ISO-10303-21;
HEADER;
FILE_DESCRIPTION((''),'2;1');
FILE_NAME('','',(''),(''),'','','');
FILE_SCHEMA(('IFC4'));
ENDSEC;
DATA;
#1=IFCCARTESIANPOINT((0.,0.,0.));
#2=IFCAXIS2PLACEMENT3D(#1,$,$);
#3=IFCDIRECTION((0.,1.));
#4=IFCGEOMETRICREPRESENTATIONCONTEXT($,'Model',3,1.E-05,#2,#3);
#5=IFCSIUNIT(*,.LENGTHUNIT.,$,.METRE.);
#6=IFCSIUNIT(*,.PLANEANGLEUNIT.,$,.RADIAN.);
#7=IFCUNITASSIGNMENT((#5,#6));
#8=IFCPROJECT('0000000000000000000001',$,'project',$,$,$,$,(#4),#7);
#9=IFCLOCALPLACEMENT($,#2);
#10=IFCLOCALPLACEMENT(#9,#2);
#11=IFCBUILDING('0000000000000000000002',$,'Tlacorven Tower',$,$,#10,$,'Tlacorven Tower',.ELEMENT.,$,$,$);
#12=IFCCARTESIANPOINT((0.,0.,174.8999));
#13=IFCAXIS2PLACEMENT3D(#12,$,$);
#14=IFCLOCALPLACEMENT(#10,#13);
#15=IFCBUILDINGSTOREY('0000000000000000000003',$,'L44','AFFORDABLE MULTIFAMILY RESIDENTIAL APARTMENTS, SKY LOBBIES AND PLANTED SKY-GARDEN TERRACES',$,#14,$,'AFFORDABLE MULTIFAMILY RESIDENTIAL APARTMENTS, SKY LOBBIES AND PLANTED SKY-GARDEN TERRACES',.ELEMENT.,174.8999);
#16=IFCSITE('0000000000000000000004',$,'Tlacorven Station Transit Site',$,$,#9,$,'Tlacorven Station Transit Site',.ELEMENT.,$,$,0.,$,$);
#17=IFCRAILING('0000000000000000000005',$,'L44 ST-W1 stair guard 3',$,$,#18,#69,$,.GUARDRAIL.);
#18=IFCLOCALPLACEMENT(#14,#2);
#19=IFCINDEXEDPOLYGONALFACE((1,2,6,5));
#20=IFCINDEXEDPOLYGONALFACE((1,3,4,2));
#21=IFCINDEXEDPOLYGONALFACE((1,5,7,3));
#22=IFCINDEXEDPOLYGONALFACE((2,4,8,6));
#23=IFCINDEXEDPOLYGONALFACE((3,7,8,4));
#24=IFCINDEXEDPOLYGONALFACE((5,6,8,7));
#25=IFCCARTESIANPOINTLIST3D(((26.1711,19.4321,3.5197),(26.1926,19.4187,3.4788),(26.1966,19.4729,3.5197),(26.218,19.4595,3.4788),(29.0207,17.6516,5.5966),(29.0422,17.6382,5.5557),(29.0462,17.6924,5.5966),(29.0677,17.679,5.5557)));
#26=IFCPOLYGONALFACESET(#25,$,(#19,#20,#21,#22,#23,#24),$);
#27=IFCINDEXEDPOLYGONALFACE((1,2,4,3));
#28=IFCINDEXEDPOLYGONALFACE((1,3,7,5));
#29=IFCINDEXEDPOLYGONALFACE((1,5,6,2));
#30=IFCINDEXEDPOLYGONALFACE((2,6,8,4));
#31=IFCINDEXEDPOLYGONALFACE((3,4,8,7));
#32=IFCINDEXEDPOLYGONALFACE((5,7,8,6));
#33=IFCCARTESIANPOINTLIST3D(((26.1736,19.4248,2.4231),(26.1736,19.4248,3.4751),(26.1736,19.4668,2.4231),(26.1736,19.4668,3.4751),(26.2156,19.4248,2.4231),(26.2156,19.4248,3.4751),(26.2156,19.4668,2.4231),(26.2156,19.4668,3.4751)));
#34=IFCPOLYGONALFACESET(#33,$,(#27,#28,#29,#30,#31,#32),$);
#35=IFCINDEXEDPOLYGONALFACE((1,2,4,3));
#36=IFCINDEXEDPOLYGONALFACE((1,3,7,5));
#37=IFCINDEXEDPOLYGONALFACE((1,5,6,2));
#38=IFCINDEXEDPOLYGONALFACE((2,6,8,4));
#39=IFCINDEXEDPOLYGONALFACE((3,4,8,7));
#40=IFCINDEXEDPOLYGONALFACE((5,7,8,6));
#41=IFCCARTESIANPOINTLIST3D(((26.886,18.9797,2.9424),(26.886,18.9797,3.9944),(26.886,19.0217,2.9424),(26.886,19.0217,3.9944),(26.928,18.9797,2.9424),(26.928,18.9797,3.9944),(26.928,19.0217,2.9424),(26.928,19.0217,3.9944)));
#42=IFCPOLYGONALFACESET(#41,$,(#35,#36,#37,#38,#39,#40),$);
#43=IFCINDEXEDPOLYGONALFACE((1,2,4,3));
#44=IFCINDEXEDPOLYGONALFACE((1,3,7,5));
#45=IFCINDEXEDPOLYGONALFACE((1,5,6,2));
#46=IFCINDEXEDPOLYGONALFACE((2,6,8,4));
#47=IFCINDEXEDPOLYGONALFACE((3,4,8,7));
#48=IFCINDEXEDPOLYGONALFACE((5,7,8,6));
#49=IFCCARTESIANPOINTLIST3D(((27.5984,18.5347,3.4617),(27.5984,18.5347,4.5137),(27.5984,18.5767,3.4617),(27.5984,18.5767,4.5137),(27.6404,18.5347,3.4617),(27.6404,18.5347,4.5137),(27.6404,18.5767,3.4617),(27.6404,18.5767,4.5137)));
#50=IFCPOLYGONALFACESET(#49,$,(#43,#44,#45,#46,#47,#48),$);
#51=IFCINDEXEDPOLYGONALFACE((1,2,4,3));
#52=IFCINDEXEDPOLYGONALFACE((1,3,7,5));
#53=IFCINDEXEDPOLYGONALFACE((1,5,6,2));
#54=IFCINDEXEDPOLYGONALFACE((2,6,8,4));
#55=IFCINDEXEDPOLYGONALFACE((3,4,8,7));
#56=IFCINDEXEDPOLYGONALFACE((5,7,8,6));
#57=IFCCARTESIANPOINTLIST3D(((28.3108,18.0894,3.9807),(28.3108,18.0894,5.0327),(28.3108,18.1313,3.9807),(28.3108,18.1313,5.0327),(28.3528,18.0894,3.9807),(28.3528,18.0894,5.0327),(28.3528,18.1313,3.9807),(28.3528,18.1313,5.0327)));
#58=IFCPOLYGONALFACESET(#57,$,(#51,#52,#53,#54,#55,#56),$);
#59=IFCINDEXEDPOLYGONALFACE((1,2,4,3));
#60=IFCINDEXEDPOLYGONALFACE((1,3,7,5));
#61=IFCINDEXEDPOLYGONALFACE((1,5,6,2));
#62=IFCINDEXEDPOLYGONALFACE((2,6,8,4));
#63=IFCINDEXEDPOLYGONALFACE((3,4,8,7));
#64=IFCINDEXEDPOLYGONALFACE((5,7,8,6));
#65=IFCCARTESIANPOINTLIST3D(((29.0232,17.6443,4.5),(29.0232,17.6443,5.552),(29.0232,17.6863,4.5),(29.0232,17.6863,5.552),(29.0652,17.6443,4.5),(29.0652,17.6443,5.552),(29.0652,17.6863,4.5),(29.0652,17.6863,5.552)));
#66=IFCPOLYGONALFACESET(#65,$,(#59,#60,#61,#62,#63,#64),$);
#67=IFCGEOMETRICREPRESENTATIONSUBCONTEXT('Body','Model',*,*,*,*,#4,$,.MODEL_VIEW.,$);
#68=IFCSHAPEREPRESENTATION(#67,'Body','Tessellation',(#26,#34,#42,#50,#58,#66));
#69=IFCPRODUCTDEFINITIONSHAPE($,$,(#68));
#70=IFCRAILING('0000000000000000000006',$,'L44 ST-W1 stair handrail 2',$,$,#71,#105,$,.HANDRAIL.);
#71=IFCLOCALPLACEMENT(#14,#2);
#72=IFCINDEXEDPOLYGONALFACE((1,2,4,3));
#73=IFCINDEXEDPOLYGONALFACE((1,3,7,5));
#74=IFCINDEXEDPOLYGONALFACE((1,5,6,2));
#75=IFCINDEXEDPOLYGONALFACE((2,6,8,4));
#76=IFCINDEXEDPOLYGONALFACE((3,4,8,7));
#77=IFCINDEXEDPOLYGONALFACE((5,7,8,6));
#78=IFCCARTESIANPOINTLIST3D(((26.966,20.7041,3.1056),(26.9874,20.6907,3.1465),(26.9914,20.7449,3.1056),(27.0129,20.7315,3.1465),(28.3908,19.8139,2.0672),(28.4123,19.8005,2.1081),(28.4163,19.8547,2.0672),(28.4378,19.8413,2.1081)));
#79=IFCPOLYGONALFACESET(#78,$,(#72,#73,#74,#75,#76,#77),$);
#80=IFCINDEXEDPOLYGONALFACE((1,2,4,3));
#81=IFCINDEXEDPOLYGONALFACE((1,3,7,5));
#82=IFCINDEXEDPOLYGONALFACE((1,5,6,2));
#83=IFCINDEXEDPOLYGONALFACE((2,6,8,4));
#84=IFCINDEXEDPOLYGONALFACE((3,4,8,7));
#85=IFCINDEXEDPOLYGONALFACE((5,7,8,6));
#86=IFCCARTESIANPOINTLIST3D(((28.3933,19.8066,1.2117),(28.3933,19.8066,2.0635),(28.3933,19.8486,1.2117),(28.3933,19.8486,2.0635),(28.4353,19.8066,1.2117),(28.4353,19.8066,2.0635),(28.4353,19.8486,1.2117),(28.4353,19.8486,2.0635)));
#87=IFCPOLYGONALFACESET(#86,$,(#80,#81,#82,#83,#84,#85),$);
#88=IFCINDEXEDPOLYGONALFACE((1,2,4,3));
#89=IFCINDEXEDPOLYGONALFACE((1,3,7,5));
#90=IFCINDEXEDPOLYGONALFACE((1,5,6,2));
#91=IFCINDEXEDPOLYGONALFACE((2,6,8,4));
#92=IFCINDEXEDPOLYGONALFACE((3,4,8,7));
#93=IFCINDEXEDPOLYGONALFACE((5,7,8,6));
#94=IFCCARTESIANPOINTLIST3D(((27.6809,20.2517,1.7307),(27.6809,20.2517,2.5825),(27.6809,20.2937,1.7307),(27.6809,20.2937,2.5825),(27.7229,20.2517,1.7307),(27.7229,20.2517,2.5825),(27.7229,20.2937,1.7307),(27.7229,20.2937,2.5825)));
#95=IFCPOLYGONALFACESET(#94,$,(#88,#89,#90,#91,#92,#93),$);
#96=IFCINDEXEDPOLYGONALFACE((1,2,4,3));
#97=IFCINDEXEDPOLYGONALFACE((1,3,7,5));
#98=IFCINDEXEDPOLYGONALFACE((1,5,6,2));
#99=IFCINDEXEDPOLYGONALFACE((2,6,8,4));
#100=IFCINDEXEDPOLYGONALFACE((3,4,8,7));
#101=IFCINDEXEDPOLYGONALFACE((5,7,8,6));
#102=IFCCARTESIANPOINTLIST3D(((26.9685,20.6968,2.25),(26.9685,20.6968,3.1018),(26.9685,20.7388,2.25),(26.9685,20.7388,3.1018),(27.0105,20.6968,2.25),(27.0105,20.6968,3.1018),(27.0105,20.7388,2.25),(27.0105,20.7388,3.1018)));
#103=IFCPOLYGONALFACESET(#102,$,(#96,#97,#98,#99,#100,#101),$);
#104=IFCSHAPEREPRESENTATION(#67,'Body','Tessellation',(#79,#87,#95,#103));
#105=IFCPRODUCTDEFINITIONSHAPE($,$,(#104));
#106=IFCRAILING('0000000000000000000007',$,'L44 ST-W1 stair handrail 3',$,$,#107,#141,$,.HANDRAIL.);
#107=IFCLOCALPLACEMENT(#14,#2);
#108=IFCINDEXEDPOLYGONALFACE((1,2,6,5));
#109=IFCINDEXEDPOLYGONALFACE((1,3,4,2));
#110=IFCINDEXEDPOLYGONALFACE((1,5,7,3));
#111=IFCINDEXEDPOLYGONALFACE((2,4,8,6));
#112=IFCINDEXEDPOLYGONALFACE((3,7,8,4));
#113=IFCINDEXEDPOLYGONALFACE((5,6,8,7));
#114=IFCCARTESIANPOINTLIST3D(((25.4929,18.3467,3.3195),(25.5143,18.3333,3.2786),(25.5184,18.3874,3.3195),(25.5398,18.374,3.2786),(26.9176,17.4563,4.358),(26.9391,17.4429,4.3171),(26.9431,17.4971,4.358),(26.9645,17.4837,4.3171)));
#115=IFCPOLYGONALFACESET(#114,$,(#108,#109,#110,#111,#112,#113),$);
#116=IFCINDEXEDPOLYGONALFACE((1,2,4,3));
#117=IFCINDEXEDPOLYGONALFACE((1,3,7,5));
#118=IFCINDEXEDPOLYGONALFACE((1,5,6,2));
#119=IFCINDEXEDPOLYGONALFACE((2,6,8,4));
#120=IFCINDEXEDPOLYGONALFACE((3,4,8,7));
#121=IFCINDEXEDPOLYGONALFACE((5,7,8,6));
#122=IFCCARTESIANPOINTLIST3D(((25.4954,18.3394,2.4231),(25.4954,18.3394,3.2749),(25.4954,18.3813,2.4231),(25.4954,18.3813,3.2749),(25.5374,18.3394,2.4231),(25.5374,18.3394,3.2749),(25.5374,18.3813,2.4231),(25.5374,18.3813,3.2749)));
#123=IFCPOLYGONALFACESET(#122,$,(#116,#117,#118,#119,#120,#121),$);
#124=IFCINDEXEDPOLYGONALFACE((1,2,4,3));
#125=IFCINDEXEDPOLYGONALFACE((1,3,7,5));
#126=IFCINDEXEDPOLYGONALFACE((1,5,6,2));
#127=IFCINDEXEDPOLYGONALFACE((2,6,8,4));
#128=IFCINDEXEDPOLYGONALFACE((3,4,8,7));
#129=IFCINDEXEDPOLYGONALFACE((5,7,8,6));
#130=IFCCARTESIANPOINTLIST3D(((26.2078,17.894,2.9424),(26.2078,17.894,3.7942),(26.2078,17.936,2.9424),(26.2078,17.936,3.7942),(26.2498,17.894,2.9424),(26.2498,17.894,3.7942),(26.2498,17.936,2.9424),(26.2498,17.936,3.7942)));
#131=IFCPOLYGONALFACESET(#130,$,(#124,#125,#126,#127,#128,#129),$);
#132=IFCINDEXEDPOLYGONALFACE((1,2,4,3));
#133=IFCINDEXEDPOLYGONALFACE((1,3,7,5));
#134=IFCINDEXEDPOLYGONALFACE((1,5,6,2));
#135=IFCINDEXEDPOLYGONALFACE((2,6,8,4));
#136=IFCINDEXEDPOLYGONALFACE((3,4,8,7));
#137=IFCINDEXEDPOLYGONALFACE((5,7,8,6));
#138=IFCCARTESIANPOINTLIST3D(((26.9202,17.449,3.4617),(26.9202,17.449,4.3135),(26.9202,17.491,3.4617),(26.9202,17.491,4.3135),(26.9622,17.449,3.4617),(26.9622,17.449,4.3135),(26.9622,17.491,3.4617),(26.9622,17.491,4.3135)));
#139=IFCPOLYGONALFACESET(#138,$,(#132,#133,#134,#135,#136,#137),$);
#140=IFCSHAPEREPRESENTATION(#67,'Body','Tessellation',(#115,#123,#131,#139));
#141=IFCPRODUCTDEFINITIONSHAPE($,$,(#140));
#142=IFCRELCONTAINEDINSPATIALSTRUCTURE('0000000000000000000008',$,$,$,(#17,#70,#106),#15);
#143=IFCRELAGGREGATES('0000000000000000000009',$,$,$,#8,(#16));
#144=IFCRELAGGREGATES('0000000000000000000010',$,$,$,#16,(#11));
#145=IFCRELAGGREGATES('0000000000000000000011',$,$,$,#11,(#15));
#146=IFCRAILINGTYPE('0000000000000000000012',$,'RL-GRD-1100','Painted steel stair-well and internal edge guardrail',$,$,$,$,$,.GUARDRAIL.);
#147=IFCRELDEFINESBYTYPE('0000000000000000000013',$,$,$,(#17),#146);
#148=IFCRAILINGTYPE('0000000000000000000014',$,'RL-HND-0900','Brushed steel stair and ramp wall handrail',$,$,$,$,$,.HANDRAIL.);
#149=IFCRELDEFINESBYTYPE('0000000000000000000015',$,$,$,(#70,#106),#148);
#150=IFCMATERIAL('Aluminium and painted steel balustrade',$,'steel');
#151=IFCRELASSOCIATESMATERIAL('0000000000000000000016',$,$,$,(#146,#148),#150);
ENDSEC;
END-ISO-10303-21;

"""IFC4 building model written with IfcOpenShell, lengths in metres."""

from ifc_helpers import new_model, si_unit, direction, frame, origin, origin_2d, place, context, subcontext, project, spatial, rectangle, extrude, source, transform, mapped, material, type_object, element, save


model = new_model("IFC4")

# Units and contexts
model_context = context("Model", 3, precision=1e-05, world=origin(), true_north=direction((0.0, 1.0)))
body_context = subcontext(model_context, "Body", "Model", "MODEL_VIEW")
ifc_project = project(units=[si_unit("LENGTHUNIT", "METRE"), si_unit("PLANEANGLEUNIT", "RADIAN")], contexts=[model_context])

# Site, building, storey
site_placement = place(None, origin())
site = spatial("IfcSite", under=ifc_project, at=site_placement, Name="Tlacorven Station Transit Site", LongName="Tlacorven Station Transit Site", CompositionType="ELEMENT", RefElevation=0.0)
building_placement = place(site_placement, origin())
building = spatial("IfcBuilding", under=site, at=building_placement, Name="Tlacorven Tower", LongName="Tlacorven Tower", CompositionType="ELEMENT")
storey_placement = place(building_placement, frame((0.0, 0.0, 174.8999)))
storey = spatial("IfcBuildingStorey", under=building, at=storey_placement, Name="L44", Description="AFFORDABLE MULTIFAMILY RESIDENTIAL APARTMENTS, SKY LOBBIES AND PLANTED SKY-GARDEN TERRACES", LongName="AFFORDABLE MULTIFAMILY RESIDENTIAL APARTMENTS, SKY LOBBIES AND PLANTED SKY-GARDEN TERRACES", CompositionType="ELEMENT", Elevation=174.8999)

# Railings
ifc_material_1 = material(Name="Aluminium and painted steel balustrade", Category="steel")
railing_type_1 = type_object("IfcRailingType", Name="RL-GRD-1100", Description="Painted steel stair-well and internal edge guardrail", PredefinedType="GUARDRAIL", material=ifc_material_1)
shared_shape_1 = source(origin(), body_context, "Body", "SweptSolid", [
    extrude(rectangle(XDim=0.0481, YDim=0.0481, at=origin_2d()), frame((0.0, 0.0, 1.0762), z_axis=(0.721384, -0.450742, 0.525772), x_axis=(0.529894, 0.848064, 0.0)), (0.0, 0.0, 1.0), 3.9502),
    extrude(rectangle(XDim=0.042, YDim=0.042, at=origin_2d()), origin(), (0.0, 0.0, 1.0), 1.052),
    extrude(rectangle(XDim=0.042, YDim=0.042, at=origin_2d()), frame((0.7124, -0.4451, 0.5193)), (0.0, 0.0, 1.0), 1.052),
    extrude(rectangle(XDim=0.042, YDim=0.042, at=origin_2d()), frame((1.4248, -0.8901, 1.0386)), (0.0, 0.0, 1.0), 1.052),
    extrude(rectangle(XDim=0.042, YDim=0.042, at=origin_2d()), frame((2.1372, -1.3354, 1.5576)), (0.0, 0.0, 1.0), 1.052),
    extrude(rectangle(XDim=0.042, YDim=0.042, at=origin_2d()), frame((2.8496, -1.7805, 2.0769)), (0.0, 0.0, 1.0), 1.052),
])
railing_1_placement = place(storey_placement, frame((26.1946, 19.4458, 2.4231)))
element("IfcRailing", 1, at=railing_1_placement, inside=storey, type_object=railing_type_1, Name="L44 ST-W1 stair guard 3", PredefinedType="GUARDRAIL", context=body_context, shape_type="MappedRepresentation", body=[
    mapped(shared_shape_1, transform((0.0, 0.0, 0.0), scale=1.0)),
])
railing_type_2 = type_object("IfcRailingType", Name="RL-HND-0900", Description="Brushed steel stair and ramp wall handrail", PredefinedType="HANDRAIL", material=ifc_material_1)
shared_shape_2 = source(origin(), body_context, "Body", "SweptSolid", [
    extrude(rectangle(XDim=0.0481, YDim=0.0481, at=origin_2d()), frame((0.0, 0.0, 0.876), z_axis=(-0.721428, 0.450707, 0.525742), x_axis=(-0.529842, -0.848096, 0.0)), (0.0, 0.0, 1.0), 1.9751),
    extrude(rectangle(XDim=0.042, YDim=0.042, at=origin_2d()), origin(), (0.0, 0.0, 1.0), 0.8518),
    extrude(rectangle(XDim=0.042, YDim=0.042, at=origin_2d()), frame((-0.7124, 0.4451, 0.519)), (0.0, 0.0, 1.0), 0.8518),
    extrude(rectangle(XDim=0.042, YDim=0.042, at=origin_2d()), frame((-1.4248, 0.8901, 1.0383)), (0.0, 0.0, 1.0), 0.8518),
])
railing_2_placement = place(storey_placement, frame((28.4143, 19.8276, 1.2117)))
element("IfcRailing", 2, at=railing_2_placement, inside=storey, type_object=railing_type_2, Name="L44 ST-W1 stair handrail 2", PredefinedType="HANDRAIL", context=body_context, shape_type="MappedRepresentation", body=[
    mapped(shared_shape_2, transform((0.0, 0.0, 0.0), scale=1.0)),
])
shared_shape_3 = source(origin(), body_context, "Body", "SweptSolid", [
    extrude(rectangle(XDim=0.0481, YDim=0.0481, at=origin_2d()), frame((0.0, 0.0, 0.876), z_axis=(0.721341, -0.450776, 0.525803), x_axis=(0.529947, 0.848031, 0.0)), (0.0, 0.0, 1.0), 1.9751),
    extrude(rectangle(XDim=0.042, YDim=0.042, at=origin_2d()), origin(), (0.0, 0.0, 1.0), 0.8518),
    extrude(rectangle(XDim=0.042, YDim=0.042, at=origin_2d()), frame((0.7124, -0.4453, 0.5193)), (0.0, 0.0, 1.0), 0.8518),
    extrude(rectangle(XDim=0.042, YDim=0.042, at=origin_2d()), frame((1.4248, -0.8904, 1.0386)), (0.0, 0.0, 1.0), 0.8518),
])
railing_3_placement = place(storey_placement, frame((25.5164, 18.3604, 2.4231)))
element("IfcRailing", 3, at=railing_3_placement, inside=storey, type_object=railing_type_2, Name="L44 ST-W1 stair handrail 3", PredefinedType="HANDRAIL", context=body_context, shape_type="MappedRepresentation", body=[
    mapped(shared_shape_3, transform((0.0, 0.0, 0.0), scale=1.0)),
])

save(model, "model.ifc")
